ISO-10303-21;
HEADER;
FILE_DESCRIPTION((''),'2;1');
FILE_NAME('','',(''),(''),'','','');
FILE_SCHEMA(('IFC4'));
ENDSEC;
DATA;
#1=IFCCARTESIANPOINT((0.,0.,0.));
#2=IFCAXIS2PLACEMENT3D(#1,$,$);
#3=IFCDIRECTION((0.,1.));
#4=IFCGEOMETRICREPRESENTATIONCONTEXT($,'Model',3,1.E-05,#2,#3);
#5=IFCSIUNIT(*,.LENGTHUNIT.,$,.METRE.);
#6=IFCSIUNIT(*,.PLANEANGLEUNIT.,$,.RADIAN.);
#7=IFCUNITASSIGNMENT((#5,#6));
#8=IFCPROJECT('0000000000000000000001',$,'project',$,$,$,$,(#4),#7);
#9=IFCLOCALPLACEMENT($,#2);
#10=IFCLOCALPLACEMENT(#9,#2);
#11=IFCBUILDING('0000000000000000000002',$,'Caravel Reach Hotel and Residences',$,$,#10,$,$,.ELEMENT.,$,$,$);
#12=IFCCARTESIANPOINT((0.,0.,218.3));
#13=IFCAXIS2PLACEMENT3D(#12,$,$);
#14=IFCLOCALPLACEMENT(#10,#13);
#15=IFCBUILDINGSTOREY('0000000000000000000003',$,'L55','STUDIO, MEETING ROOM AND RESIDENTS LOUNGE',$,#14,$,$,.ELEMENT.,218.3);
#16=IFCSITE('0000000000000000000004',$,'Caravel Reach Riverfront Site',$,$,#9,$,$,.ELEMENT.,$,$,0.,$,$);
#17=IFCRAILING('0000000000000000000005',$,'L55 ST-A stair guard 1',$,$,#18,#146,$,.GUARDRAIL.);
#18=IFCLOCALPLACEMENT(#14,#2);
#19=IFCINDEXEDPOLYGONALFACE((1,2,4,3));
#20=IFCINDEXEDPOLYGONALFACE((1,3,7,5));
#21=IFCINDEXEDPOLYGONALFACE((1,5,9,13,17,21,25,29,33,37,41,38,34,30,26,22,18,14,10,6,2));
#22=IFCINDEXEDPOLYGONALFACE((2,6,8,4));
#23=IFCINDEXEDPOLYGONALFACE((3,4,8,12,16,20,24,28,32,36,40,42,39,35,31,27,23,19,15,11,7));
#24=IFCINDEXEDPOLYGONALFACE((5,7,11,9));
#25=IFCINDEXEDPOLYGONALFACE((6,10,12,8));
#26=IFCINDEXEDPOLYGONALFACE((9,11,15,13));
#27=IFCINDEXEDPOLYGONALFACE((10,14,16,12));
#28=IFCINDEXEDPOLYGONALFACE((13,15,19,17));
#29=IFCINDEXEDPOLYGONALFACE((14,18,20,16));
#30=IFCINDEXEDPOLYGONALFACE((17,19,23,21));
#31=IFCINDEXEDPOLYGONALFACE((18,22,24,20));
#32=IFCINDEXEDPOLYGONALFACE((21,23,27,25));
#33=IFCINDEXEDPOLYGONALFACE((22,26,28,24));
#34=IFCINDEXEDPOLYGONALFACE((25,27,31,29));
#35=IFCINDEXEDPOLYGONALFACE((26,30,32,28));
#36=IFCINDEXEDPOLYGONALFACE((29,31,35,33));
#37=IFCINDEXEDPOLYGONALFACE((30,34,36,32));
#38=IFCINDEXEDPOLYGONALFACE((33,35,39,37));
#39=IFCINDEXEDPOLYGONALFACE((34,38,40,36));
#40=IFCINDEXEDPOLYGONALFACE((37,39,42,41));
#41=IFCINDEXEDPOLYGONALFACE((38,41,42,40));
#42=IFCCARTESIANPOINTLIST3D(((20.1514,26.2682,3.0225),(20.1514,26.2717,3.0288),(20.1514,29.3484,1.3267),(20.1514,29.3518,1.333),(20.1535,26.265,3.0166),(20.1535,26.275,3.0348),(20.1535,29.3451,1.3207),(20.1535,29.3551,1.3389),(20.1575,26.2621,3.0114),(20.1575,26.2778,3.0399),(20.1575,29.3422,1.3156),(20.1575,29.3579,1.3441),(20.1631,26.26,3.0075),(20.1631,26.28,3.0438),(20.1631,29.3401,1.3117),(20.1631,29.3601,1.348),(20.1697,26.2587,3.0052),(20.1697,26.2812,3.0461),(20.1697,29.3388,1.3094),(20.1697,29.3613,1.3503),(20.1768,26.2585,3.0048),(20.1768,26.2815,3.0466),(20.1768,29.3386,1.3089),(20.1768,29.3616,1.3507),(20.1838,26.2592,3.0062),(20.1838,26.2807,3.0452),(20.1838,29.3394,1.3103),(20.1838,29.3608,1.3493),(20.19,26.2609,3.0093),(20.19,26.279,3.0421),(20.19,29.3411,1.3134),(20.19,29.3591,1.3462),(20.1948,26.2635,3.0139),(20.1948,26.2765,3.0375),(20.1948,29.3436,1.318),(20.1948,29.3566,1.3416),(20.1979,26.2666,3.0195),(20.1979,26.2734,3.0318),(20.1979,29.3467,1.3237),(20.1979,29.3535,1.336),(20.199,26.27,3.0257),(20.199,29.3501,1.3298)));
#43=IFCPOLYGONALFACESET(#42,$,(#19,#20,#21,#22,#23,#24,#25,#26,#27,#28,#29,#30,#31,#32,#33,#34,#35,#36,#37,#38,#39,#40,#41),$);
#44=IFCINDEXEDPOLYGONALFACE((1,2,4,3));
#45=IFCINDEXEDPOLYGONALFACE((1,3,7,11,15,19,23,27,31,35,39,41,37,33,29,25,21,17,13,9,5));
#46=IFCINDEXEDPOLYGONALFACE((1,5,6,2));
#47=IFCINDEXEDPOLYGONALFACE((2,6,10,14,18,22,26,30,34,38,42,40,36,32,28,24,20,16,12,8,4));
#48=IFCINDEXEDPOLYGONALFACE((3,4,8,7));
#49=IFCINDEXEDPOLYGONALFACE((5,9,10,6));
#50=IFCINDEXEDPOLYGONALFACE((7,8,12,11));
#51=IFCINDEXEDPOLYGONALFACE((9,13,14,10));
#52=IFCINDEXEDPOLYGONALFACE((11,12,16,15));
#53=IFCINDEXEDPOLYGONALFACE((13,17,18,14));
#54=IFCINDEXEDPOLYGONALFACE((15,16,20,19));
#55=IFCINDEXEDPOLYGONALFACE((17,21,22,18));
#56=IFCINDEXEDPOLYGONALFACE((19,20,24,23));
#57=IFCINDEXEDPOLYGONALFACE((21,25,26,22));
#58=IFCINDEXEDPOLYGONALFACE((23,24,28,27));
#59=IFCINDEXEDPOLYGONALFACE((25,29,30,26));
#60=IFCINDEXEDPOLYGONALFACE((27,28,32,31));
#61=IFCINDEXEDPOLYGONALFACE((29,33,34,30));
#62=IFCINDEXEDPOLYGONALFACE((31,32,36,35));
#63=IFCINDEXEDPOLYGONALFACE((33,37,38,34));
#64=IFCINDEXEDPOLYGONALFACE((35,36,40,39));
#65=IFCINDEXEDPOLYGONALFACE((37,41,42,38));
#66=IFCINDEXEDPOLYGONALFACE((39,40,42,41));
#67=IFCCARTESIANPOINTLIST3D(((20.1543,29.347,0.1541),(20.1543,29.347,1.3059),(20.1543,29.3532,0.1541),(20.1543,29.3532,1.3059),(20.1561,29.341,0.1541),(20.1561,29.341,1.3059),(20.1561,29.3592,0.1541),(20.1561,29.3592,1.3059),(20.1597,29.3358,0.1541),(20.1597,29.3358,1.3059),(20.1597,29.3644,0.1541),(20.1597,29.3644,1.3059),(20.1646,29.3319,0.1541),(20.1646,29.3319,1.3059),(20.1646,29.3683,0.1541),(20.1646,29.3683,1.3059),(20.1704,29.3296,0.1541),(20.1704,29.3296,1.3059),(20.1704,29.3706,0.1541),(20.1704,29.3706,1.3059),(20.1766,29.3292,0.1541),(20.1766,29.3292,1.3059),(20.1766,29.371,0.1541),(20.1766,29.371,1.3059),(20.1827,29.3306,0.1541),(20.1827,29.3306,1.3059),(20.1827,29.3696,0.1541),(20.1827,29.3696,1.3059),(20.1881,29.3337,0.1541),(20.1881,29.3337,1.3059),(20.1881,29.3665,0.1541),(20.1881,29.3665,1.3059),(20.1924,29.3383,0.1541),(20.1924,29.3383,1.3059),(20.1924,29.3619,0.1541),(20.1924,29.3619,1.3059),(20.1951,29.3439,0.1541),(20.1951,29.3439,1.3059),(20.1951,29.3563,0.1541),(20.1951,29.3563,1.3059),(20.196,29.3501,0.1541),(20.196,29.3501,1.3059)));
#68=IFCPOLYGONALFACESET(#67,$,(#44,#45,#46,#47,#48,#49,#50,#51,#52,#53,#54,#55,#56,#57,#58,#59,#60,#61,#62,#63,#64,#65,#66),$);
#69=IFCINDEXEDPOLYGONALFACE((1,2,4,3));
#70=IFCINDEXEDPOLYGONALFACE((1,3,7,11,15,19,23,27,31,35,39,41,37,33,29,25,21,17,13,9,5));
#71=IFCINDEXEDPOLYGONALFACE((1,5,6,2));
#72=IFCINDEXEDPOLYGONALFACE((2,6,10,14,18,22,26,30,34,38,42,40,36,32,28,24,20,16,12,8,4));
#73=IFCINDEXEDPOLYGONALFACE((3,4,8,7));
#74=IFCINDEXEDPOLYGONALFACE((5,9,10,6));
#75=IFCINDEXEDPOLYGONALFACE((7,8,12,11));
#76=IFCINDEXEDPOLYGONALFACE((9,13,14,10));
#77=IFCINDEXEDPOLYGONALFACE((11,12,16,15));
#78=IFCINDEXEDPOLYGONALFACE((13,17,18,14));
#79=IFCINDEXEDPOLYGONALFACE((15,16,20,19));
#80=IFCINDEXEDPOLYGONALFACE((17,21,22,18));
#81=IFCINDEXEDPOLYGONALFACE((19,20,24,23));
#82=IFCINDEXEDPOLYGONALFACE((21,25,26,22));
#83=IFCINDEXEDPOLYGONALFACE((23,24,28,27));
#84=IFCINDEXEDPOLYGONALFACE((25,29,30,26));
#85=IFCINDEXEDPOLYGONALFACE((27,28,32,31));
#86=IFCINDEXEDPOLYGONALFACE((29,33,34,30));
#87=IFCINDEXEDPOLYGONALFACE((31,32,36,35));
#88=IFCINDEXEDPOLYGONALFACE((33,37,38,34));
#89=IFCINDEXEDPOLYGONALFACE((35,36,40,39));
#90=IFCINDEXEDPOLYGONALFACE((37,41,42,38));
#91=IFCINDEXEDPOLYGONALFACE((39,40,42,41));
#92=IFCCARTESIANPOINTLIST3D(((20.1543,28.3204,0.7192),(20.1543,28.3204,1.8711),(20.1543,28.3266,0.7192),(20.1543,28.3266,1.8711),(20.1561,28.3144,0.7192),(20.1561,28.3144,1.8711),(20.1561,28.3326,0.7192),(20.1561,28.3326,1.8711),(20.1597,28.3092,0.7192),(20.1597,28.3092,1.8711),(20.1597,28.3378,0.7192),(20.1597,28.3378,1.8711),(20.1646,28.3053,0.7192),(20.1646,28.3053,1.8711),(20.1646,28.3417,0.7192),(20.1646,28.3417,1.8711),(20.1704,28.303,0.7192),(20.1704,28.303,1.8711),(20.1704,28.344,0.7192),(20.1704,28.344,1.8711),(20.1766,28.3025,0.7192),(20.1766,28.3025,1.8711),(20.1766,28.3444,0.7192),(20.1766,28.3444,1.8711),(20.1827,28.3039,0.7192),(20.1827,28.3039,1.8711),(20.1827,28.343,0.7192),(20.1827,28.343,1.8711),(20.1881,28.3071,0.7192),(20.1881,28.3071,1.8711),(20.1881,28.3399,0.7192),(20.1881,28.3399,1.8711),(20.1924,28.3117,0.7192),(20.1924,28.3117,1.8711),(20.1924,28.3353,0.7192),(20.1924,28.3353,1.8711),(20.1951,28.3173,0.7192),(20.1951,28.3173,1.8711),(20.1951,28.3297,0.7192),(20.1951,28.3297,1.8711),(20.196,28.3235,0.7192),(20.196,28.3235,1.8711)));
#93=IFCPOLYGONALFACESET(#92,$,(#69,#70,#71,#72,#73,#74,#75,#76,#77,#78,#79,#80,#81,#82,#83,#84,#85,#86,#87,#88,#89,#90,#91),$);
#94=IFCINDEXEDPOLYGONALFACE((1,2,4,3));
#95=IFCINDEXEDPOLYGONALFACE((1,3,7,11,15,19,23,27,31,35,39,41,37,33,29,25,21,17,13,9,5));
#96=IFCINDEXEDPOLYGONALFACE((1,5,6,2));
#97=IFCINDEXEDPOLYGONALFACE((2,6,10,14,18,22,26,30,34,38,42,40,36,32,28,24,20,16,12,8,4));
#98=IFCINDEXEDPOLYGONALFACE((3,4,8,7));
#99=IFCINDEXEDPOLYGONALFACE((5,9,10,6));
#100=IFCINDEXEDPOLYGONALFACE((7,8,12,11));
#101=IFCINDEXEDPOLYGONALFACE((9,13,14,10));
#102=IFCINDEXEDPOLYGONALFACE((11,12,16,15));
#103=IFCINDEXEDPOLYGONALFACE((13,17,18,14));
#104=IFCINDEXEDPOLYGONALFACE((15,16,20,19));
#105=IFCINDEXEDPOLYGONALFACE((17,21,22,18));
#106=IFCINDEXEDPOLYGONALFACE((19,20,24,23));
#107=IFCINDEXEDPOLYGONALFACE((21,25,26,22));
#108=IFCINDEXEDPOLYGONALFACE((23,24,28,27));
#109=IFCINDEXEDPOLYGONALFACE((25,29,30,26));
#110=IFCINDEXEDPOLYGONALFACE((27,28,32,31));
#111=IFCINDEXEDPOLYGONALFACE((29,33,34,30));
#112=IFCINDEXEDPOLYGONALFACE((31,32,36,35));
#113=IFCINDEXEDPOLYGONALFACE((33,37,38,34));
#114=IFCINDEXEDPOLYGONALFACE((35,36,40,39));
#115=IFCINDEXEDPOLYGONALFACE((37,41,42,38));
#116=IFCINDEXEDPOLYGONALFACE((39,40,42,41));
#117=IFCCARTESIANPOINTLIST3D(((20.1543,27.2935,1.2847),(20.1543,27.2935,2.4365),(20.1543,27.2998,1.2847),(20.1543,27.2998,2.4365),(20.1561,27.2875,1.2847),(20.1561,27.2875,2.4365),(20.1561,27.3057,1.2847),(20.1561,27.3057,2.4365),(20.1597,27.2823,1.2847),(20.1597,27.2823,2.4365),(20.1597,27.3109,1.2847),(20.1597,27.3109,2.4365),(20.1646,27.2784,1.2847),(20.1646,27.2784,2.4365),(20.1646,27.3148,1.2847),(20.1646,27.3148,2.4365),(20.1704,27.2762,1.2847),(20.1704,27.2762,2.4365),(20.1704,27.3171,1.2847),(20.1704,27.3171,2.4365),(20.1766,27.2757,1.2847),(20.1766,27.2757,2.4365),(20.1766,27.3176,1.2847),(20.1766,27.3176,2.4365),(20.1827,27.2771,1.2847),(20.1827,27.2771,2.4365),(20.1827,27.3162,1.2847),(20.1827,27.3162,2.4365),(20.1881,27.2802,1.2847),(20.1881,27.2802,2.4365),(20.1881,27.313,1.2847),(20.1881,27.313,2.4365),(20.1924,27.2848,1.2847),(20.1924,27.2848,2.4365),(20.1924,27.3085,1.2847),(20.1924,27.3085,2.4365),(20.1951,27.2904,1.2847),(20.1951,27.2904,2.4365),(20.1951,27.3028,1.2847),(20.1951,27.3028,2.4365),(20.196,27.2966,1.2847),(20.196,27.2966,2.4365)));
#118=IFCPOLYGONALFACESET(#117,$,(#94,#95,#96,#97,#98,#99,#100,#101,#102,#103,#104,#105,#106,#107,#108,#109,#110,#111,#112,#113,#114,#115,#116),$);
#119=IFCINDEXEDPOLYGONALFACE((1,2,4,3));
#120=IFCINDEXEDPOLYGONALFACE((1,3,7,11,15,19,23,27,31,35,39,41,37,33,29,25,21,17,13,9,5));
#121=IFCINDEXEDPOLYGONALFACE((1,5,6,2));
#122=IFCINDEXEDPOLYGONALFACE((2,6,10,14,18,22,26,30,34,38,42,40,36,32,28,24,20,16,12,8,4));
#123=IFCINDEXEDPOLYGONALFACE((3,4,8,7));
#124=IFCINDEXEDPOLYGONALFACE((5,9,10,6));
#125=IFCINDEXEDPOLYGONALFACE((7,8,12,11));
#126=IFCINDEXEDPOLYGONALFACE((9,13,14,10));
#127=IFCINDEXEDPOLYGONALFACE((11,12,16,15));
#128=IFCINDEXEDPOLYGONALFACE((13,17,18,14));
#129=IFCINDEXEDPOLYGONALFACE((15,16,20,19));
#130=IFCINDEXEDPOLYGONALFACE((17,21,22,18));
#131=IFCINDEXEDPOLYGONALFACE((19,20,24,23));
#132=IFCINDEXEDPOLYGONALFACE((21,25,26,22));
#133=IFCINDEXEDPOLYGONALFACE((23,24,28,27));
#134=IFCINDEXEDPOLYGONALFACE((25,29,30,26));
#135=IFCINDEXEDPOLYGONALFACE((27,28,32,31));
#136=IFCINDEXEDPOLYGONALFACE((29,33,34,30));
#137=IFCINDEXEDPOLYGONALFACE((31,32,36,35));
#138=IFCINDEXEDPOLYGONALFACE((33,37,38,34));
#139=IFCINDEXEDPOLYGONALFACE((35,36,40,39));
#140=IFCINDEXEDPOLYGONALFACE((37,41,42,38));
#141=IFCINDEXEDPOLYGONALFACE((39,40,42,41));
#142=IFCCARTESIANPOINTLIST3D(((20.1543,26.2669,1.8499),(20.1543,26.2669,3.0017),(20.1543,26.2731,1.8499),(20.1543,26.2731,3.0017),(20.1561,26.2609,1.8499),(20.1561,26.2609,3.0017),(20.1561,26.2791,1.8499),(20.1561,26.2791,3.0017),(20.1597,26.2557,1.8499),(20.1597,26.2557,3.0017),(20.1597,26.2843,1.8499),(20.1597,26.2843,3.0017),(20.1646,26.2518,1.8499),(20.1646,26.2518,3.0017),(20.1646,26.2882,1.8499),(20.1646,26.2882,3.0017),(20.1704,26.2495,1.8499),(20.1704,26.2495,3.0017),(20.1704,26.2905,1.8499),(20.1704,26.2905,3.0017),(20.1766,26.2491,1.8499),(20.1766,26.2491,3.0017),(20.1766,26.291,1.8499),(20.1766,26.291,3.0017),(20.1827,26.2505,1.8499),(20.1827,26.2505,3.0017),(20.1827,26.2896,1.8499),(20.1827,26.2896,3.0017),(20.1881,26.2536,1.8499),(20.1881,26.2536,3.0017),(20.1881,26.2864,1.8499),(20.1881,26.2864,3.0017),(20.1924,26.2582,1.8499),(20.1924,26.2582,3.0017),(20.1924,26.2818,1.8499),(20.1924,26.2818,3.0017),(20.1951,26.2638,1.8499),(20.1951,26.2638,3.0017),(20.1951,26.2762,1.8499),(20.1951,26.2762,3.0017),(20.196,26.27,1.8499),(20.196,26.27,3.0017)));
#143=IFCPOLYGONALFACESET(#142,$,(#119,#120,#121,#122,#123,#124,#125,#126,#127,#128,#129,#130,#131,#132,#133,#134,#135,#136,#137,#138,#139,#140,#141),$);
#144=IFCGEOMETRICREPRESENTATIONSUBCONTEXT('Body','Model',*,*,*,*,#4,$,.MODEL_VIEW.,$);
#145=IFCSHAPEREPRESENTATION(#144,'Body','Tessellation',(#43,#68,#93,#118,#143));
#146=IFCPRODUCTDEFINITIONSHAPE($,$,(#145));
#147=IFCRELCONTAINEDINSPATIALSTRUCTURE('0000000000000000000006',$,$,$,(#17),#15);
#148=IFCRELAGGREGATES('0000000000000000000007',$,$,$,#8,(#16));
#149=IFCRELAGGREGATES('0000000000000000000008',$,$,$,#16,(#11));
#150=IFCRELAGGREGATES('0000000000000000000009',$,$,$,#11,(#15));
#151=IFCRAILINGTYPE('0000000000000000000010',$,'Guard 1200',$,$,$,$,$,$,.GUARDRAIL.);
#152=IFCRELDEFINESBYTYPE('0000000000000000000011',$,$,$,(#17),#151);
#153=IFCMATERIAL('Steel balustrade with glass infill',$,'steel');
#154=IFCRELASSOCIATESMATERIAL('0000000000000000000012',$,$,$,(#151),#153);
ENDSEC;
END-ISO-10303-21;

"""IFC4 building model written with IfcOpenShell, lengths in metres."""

from ifc_helpers import new_model, si_unit, direction, frame, origin, origin_2d, place, context, subcontext, project, spatial, circle, extrude, material, type_object, element, save


model = new_model("IFC4")

# Units and contexts
model_context = context("Model", 3, precision=1e-05, world=origin(), true_north=direction((0.0, 1.0)))
body_context = subcontext(model_context, "Body", "Model", "MODEL_VIEW")
ifc_project = project(units=[si_unit("LENGTHUNIT", "METRE"), si_unit("PLANEANGLEUNIT", "RADIAN")], contexts=[model_context])

# Site, building, storey
site_placement = place(None, origin())
site = spatial("IfcSite", under=ifc_project, at=site_placement, Name="Caravel Reach Riverfront Site", CompositionType="ELEMENT", RefElevation=0.0)
building_placement = place(site_placement, origin())
building = spatial("IfcBuilding", under=site, at=building_placement, Name="Caravel Reach Hotel and Residences", CompositionType="ELEMENT")
storey_placement = place(building_placement, frame((0.0, 0.0, 218.3)))
storey = spatial("IfcBuildingStorey", under=building, at=storey_placement, Name="L55", Description="STUDIO, MEETING ROOM AND RESIDENTS LOUNGE", CompositionType="ELEMENT", Elevation=218.3)

# Railing
ifc_material_1 = material(Name="Steel balustrade with glass infill", Category="steel")
railing_type_1 = type_object("IfcRailingType", Name="Guard 1200", PredefinedType="GUARDRAIL", material=ifc_material_1)
railing_1_placement = place(storey_placement, frame((20.175, 29.3501, 0.1541)))
element("IfcRailing", 1, at=railing_1_placement, inside=storey, type_object=railing_type_1, Name="L55 ST-A stair guard 1", PredefinedType="GUARDRAIL", context=body_context, shape_type="SweptSolid", body=[
    extrude(circle(Radius=0.0239, at=origin_2d()), frame((0.0, 0.0, 1.1758), z_axis=(0.0, -0.876005, 0.482303), x_axis=(1.0, 0.0, 0.0)), (0.0, 0.0, 1.0), 3.5161),
    extrude(circle(Radius=0.021, at=origin_2d()), origin(), (0.0, 0.0, 1.0), 1.1519),
    extrude(circle(Radius=0.021, at=origin_2d()), frame((0.0, -1.0266, 0.5652)), (0.0, 0.0, 1.0), 1.1519),
    extrude(circle(Radius=0.021, at=origin_2d()), frame((0.0, -2.0535, 1.1306)), (0.0, 0.0, 1.0), 1.1519),
    extrude(circle(Radius=0.021, at=origin_2d()), frame((0.0, -3.0801, 1.6958)), (0.0, 0.0, 1.0), 1.1519),
])

save(model, "model.ifc")
